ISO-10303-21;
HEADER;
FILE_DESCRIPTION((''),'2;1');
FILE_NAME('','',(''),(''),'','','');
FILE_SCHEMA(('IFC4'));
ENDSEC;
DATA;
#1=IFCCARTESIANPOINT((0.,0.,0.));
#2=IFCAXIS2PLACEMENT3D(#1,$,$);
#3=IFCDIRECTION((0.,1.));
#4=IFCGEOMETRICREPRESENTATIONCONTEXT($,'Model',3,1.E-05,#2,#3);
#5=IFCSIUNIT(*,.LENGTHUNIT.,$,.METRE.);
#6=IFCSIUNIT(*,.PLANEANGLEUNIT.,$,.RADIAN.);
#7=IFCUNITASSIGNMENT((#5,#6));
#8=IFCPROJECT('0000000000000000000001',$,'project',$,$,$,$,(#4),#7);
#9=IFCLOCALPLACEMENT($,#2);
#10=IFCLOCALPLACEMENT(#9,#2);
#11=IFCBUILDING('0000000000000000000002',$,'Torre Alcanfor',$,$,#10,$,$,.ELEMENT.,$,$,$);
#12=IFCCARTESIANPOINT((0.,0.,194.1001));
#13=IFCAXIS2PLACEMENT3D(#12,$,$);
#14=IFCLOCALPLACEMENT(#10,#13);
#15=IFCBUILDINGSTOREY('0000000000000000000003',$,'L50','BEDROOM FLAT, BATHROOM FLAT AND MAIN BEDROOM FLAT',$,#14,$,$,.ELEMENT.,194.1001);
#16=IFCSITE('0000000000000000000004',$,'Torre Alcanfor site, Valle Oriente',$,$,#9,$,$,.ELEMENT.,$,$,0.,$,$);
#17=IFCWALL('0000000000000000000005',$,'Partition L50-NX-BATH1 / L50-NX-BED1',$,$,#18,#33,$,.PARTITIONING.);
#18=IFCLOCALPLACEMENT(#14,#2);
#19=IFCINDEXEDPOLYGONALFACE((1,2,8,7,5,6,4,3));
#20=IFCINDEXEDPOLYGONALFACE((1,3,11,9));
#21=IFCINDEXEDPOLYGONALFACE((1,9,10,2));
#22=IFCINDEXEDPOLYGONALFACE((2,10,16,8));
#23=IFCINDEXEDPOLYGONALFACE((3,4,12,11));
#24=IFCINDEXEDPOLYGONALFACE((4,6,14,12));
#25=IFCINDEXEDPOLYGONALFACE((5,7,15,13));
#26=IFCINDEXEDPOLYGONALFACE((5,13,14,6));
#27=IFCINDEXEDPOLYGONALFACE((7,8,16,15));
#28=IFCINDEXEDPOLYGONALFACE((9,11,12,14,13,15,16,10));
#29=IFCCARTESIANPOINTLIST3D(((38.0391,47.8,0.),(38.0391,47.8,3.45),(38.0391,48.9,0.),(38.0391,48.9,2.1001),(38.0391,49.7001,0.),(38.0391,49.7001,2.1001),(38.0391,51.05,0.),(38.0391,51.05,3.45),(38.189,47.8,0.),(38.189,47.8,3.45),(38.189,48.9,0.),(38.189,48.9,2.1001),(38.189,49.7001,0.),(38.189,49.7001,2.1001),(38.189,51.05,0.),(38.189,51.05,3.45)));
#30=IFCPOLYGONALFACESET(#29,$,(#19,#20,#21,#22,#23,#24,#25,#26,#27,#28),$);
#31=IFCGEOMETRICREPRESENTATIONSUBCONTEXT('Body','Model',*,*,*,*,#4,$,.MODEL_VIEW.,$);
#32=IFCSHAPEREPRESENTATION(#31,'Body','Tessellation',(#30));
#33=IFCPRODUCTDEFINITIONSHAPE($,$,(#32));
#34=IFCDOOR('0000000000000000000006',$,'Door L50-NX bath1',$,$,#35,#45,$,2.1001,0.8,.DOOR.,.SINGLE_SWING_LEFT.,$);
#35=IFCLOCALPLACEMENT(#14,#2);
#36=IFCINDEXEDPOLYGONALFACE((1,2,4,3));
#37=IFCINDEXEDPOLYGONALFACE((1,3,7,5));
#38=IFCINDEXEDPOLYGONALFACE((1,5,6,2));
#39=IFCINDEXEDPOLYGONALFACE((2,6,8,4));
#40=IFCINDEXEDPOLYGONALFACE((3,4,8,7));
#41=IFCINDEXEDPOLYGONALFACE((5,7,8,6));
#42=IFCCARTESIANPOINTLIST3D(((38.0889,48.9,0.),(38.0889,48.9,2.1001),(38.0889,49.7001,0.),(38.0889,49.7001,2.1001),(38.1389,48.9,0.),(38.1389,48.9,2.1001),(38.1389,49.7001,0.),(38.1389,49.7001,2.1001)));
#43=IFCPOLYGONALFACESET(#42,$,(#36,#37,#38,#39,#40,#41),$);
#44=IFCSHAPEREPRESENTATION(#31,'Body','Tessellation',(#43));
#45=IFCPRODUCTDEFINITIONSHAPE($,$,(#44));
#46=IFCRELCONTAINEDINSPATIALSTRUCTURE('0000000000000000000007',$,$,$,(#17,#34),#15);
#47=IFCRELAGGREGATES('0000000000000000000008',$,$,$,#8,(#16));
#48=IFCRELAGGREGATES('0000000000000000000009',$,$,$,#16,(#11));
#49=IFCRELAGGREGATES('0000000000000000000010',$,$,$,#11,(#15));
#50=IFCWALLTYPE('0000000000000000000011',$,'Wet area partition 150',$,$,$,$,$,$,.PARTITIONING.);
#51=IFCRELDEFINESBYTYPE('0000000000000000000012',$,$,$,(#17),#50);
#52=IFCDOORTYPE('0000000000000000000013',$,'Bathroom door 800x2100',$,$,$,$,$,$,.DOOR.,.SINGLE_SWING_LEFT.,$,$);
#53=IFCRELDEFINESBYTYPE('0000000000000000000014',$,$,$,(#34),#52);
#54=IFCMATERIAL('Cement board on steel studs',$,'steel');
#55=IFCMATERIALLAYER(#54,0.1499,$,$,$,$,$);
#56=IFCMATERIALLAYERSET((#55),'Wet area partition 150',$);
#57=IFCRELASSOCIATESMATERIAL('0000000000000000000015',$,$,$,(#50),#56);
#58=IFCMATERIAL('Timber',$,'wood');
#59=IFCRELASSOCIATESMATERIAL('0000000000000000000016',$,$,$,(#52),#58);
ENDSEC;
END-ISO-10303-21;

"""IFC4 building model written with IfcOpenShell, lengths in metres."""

from ifc_helpers import new_model, si_unit, direction, frame, frame_2d, origin, place, context, subcontext, project, spatial, rectangle, extrude, material, layer, layer_set, type_object, element, fill, save


model = new_model("IFC4")

# Units and contexts
model_context = context("Model", 3, precision=1e-05, world=origin(), true_north=direction((0.0, 1.0)))
body_context = subcontext(model_context, "Body", "Model", "MODEL_VIEW")
ifc_project = project(units=[si_unit("LENGTHUNIT", "METRE"), si_unit("PLANEANGLEUNIT", "RADIAN")], contexts=[model_context])

# Site, building, storey
site_placement = place(None, origin())
site = spatial("IfcSite", under=ifc_project, at=site_placement, Name="Torre Alcanfor site, Valle Oriente", CompositionType="ELEMENT", RefElevation=0.0)
building_placement = place(site_placement, origin())
building = spatial("IfcBuilding", under=site, at=building_placement, Name="Torre Alcanfor", CompositionType="ELEMENT")
storey_placement = place(building_placement, frame((0.0, 0.0, 194.1001)))
storey = spatial("IfcBuildingStorey", under=building, at=storey_placement, Name="L50", Description="BEDROOM FLAT, BATHROOM FLAT AND MAIN BEDROOM FLAT", CompositionType="ELEMENT", Elevation=194.1001)

# Shared definitions
ifc_material_1 = material(Name="Cement board on steel studs", Category="steel")
ifc_layer_1 = layer(ifc_material_1, 0.1499)
ifc_layer_set_1 = layer_set([ifc_layer_1], Name="Wet area partition 150")
wall_type_1 = type_object("IfcWallType", Name="Wet area partition 150", PredefinedType="PARTITIONING", material=ifc_layer_set_1)

# Wall, opening, door
wall_1_placement = place(storey_placement, frame((38.114, 51.05, 0.0), z_axis=(0.0, 0.0, 1.0), x_axis=(0.0, -1.0, 0.0)))
wall_1 = element("IfcWall", 1, at=wall_1_placement, inside=storey, type_object=wall_type_1, Name="Partition L50-NX-BATH1 / L50-NX-BED1", PredefinedType="PARTITIONING", context=body_context, shape_type="SweptSolid", body=[
    extrude(rectangle(XDim=3.25, YDim=0.1499, at=frame_2d((1.625, 0.0))), origin(), (0.0, 0.0, 1.0), 3.45),
])
opening_1_placement = place(wall_1_placement, frame((1.3501, 0.0, 0.0)))
opening_1 = element("IfcOpeningElement", 2, at=opening_1_placement, cuts=wall_1, PredefinedType="OPENING", context=body_context, shape_type="SweptSolid", body=[
    extrude(rectangle(XDim=0.8, YDim=2.1001, at=frame_2d((0.3999, 1.05))), frame((0.0, 0.085, 0.0), z_axis=(0.0, -1.0, 0.0), x_axis=(1.0, 0.0, 0.0)), (0.0, 0.0, 1.0), 0.1699),
])
ifc_material_2 = material(Name="Timber", Category="wood")
door_type_1 = type_object("IfcDoorType", Name="Bathroom door 800x2100", OperationType="SINGLE_SWING_LEFT", PredefinedType="DOOR", material=ifc_material_2)
door_1_placement = place(opening_1_placement, frame((0.8, 0.0, 0.0), z_axis=(0.0, 0.0, 1.0), x_axis=(-1.0, 0.0, 0.0)))
door_1 = element("IfcDoor", 3, at=door_1_placement, inside=storey, type_object=door_type_1, Name="Door L50-NX bath1", OperationType="SINGLE_SWING_LEFT", OverallHeight=2.1001, OverallWidth=0.8, PredefinedType="DOOR", context=body_context, shape_type="SweptSolid", body=[
    extrude(rectangle(XDim=0.8, YDim=2.1001, at=frame_2d((0.4001, 1.05))), frame((0.0, 0.0251, 0.0), z_axis=(0.0, -1.0, 0.0), x_axis=(1.0, 0.0, 0.0)), (0.0, 0.0, 1.0), 0.05),
])
fill(opening_1, door_1)

save(model, "model.ifc")
